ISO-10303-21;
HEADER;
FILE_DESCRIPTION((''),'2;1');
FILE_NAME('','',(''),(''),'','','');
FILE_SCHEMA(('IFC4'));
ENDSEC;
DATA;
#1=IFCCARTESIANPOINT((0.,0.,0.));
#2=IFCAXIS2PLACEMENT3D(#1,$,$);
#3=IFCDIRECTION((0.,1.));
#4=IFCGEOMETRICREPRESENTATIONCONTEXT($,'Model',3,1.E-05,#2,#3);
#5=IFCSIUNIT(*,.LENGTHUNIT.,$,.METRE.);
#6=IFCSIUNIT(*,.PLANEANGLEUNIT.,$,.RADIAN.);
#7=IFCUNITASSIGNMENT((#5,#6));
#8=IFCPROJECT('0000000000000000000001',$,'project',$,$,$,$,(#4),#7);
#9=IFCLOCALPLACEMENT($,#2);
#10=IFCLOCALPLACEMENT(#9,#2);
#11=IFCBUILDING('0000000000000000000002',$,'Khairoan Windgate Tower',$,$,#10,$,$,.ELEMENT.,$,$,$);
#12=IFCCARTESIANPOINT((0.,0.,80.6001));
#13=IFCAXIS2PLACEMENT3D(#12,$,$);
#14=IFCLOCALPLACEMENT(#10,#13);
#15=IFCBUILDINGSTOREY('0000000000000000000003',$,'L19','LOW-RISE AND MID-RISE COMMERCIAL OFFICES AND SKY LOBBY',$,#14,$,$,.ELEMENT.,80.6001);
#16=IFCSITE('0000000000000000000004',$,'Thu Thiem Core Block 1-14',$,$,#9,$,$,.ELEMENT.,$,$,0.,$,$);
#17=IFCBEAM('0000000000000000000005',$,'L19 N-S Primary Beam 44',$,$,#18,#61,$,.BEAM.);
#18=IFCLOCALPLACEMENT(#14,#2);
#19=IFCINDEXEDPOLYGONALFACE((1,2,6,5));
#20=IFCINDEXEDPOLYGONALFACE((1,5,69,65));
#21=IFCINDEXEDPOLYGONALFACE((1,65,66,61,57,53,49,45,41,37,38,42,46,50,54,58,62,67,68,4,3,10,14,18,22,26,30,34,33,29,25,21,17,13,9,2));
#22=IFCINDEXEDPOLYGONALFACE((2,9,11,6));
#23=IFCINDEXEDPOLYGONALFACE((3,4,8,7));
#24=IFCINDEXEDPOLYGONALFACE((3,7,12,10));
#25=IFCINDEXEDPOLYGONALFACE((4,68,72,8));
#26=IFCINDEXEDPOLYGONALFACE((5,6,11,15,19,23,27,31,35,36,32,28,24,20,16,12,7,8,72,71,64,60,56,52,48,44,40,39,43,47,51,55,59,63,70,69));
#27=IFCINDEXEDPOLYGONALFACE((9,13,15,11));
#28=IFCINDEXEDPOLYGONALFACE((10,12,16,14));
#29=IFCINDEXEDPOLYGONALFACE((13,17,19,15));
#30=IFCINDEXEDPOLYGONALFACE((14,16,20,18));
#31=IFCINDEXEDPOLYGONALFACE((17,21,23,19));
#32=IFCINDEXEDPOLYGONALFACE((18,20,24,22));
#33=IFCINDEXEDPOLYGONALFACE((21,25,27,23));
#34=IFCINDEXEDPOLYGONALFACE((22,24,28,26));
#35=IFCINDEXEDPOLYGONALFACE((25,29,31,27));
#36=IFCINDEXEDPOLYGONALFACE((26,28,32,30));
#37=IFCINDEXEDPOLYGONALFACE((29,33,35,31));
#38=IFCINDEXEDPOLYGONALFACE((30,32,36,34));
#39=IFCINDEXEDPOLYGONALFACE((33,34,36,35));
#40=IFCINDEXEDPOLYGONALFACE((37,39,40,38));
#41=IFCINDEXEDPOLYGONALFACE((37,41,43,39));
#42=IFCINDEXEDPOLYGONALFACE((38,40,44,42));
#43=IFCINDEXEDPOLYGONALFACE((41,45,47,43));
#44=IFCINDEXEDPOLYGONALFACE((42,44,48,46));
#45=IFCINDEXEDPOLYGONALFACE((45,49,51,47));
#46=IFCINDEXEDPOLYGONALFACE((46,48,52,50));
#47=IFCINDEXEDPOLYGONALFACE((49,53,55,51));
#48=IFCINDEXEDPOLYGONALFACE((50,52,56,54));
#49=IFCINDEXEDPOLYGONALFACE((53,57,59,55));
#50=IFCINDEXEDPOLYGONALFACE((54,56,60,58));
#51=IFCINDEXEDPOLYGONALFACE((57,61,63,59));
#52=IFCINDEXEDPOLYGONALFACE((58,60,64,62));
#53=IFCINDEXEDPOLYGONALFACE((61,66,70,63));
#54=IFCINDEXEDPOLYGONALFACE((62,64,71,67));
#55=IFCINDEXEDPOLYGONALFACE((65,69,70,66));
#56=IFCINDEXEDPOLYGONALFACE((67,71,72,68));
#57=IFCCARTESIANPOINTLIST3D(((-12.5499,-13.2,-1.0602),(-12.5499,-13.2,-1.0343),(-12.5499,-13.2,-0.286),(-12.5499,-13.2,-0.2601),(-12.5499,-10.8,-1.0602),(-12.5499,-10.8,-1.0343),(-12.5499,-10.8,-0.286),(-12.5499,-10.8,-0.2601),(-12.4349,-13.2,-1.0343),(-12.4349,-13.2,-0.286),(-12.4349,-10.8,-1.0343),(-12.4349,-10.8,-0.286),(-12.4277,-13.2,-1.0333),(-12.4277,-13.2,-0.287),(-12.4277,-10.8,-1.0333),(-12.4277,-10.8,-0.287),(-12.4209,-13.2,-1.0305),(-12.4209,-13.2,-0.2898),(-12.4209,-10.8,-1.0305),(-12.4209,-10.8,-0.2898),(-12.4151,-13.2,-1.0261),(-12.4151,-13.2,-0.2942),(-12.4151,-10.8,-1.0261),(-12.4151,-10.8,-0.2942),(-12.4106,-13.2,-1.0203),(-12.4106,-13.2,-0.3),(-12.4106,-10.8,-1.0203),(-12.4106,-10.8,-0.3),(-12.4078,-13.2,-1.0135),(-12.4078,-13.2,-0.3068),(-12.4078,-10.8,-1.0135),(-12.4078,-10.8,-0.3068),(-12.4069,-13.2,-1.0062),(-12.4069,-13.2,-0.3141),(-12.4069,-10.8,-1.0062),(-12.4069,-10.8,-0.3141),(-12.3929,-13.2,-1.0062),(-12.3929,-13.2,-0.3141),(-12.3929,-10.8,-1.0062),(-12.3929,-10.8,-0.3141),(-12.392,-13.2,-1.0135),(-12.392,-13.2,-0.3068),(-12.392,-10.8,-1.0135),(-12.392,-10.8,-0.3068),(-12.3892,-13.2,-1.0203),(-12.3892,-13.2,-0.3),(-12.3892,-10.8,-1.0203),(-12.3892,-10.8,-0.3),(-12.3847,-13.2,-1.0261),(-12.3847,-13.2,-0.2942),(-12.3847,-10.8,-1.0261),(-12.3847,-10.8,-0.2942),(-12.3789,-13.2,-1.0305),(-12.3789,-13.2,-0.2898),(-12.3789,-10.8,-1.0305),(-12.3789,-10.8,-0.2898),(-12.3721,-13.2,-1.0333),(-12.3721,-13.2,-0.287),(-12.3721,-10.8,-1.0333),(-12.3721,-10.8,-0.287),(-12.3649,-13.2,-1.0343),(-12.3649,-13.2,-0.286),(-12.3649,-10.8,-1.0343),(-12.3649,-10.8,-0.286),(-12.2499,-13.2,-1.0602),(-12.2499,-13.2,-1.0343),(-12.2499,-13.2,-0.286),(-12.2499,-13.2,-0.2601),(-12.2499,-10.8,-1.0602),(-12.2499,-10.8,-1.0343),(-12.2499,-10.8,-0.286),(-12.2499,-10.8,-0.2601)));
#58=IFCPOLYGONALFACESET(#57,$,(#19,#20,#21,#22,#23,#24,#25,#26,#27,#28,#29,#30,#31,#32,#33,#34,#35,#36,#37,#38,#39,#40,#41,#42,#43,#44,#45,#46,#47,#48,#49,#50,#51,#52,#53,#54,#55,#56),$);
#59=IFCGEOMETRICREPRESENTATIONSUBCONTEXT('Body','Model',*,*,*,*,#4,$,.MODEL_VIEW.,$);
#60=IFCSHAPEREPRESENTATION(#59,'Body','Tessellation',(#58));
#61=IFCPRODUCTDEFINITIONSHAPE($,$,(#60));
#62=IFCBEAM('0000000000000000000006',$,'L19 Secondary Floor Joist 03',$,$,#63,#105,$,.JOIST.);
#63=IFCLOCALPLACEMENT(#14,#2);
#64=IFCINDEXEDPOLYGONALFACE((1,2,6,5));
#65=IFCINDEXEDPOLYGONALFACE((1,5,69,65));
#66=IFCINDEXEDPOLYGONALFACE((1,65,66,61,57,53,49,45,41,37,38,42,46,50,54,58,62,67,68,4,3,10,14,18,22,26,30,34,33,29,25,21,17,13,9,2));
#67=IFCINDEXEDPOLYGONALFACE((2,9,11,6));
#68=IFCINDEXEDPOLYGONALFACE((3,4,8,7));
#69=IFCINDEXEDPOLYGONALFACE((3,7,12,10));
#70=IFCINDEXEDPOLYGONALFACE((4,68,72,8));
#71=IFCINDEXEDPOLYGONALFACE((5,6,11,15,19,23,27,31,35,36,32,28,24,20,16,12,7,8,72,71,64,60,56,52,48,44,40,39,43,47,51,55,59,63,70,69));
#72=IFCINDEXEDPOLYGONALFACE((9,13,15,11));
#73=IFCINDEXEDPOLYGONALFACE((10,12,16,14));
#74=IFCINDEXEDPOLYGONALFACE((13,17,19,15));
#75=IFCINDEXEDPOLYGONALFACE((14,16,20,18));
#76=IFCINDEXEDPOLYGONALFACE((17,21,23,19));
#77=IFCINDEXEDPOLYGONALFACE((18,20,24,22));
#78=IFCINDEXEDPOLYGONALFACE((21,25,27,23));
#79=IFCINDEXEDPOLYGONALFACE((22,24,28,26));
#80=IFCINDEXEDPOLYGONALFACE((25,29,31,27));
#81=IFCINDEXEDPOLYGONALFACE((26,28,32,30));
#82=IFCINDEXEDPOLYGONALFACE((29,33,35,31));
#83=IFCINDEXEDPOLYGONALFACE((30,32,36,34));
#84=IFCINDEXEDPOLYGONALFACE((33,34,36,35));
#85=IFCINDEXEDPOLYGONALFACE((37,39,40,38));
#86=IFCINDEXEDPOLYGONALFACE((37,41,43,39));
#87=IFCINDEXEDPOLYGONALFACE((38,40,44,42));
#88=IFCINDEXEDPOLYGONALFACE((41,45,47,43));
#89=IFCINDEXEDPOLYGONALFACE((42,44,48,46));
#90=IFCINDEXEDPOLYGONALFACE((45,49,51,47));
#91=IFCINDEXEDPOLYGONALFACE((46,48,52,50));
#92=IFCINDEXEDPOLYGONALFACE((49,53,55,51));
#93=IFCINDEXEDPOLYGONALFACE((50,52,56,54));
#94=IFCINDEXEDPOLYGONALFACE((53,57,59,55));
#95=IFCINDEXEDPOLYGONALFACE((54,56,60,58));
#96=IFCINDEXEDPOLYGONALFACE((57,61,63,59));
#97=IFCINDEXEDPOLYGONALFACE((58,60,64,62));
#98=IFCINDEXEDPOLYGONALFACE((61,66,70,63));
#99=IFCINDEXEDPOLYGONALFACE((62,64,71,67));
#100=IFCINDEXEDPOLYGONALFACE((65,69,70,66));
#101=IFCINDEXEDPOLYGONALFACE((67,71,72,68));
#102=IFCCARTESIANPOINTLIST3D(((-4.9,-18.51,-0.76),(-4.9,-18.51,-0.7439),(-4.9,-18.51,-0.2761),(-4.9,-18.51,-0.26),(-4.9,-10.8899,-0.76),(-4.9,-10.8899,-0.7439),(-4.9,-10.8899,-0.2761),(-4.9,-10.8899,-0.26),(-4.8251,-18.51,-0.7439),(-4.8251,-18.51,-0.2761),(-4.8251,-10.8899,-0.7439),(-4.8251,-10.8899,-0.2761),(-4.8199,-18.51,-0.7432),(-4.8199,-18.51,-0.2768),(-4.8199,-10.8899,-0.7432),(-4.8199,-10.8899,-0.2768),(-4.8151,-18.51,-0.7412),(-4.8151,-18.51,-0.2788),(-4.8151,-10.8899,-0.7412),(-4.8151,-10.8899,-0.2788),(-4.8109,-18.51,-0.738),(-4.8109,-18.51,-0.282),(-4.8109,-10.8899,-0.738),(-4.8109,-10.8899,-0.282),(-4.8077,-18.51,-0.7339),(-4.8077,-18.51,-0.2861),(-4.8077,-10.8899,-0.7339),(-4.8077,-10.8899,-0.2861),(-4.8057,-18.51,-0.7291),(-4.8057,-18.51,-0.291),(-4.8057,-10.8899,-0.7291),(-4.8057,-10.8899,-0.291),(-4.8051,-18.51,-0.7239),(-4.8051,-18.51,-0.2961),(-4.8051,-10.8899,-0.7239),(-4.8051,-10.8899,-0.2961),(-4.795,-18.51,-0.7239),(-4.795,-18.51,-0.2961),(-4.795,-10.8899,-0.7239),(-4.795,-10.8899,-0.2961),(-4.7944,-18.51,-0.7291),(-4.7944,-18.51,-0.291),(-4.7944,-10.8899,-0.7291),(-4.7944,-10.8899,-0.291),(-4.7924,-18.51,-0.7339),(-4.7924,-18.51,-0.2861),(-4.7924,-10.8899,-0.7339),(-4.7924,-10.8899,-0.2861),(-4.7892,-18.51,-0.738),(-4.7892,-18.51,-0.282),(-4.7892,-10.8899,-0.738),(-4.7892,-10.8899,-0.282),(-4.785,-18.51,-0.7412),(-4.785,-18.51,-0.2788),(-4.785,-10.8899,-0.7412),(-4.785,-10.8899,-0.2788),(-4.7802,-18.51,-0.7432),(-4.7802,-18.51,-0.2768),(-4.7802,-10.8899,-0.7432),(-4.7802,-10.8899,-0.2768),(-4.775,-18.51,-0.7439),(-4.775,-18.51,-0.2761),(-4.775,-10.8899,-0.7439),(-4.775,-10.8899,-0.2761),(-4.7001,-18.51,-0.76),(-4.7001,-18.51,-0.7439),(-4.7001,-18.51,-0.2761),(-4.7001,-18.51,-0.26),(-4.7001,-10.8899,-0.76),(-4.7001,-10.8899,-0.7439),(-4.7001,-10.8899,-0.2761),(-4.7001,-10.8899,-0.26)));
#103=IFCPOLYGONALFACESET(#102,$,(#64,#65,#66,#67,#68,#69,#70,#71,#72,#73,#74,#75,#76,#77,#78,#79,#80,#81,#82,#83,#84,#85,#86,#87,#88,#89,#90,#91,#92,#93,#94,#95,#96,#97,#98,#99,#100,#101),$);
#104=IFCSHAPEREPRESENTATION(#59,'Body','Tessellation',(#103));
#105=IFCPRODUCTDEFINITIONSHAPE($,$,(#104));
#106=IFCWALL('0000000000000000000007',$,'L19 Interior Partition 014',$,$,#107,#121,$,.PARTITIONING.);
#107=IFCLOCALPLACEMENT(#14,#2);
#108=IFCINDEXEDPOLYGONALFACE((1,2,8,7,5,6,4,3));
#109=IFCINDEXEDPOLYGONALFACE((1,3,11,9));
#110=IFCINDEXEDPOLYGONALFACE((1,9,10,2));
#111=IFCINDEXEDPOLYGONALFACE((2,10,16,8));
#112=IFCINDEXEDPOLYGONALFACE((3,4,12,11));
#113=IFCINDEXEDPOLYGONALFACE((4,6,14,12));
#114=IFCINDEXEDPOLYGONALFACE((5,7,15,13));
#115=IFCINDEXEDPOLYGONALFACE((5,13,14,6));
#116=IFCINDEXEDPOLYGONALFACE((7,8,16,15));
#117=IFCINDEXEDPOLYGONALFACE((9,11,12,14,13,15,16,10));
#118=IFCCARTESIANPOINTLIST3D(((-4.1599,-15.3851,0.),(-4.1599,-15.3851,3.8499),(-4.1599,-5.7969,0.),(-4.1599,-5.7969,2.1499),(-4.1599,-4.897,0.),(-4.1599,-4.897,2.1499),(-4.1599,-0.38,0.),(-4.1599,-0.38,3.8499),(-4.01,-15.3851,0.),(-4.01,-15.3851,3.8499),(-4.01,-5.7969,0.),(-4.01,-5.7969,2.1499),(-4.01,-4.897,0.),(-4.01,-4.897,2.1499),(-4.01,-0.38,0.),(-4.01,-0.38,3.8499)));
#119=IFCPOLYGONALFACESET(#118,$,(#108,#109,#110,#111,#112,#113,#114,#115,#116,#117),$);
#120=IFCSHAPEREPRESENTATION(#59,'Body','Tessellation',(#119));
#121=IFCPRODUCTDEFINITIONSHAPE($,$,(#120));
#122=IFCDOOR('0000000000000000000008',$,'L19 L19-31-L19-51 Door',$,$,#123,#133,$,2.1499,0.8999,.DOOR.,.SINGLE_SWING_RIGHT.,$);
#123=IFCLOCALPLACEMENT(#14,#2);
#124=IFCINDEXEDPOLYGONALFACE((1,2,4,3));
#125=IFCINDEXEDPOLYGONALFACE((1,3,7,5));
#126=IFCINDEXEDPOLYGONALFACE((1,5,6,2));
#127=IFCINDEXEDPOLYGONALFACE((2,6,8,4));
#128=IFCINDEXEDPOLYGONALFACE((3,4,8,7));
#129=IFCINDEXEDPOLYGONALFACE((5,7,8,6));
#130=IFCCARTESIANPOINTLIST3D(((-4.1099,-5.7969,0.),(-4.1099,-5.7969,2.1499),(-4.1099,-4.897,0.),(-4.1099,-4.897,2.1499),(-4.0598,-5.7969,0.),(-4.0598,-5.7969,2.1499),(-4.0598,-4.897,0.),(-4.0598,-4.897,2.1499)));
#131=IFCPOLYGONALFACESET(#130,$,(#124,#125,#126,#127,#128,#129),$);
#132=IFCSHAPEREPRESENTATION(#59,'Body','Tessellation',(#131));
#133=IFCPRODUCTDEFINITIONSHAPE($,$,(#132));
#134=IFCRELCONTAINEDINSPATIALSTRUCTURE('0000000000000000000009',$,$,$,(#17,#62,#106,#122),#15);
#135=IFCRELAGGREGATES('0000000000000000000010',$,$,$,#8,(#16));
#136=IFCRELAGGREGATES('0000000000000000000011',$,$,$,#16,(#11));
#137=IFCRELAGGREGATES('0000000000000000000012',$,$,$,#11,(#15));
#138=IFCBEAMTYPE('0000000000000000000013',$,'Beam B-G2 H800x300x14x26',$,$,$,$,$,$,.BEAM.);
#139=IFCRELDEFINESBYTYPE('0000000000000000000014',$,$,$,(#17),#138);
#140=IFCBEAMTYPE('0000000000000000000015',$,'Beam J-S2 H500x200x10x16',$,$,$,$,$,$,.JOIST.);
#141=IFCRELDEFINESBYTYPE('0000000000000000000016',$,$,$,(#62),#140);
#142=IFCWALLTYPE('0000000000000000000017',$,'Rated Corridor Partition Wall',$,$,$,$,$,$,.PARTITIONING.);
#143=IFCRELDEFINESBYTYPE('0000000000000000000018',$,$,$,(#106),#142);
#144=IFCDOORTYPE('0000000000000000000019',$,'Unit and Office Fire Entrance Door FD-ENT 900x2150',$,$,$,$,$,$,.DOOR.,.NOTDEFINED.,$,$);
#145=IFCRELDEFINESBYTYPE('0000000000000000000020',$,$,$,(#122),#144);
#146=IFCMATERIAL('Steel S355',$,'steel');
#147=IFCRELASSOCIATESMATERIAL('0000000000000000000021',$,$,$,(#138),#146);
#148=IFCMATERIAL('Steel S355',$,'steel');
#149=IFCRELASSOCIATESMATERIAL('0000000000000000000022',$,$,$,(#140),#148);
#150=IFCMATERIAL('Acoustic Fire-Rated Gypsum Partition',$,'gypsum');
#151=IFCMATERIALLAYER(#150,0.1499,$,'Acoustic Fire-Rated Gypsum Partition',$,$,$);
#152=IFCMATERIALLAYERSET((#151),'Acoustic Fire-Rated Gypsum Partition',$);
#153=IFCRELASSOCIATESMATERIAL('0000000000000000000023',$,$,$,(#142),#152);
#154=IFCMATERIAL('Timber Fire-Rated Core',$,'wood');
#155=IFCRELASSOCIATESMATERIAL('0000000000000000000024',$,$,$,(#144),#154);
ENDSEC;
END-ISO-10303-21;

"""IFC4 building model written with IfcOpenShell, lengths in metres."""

from ifc_helpers import new_model, si_unit, direction, frame, frame_2d, origin, origin_2d, place, context, subcontext, project, spatial, rectangle, i_section, extrude, material, layer, layer_set, material_profile, profile_set, type_object, element, fill, save


model = new_model("IFC4")

# Units and contexts
model_context = context("Model", 3, precision=1e-05, world=origin(), true_north=direction((0.0, 1.0)))
body_context = subcontext(model_context, "Body", "Model", "MODEL_VIEW")
ifc_project = project(units=[si_unit("LENGTHUNIT", "METRE"), si_unit("PLANEANGLEUNIT", "RADIAN")], contexts=[model_context])

# Site, building, storey
site_placement = place(None, origin())
site = spatial("IfcSite", under=ifc_project, at=site_placement, Name="Thu Thiem Core Block 1-14", CompositionType="ELEMENT", RefElevation=0.0)
building_placement = place(site_placement, origin())
building = spatial("IfcBuilding", under=site, at=building_placement, Name="Khairoan Windgate Tower", CompositionType="ELEMENT")
storey_placement = place(building_placement, frame((0.0, 0.0, 80.6001)))
storey = spatial("IfcBuildingStorey", under=building, at=storey_placement, Name="L19", Description="LOW-RISE AND MID-RISE COMMERCIAL OFFICES AND SKY LOBBY", CompositionType="ELEMENT", Elevation=80.6001)

# Beams
ifc_material_1 = material(Name="Steel S355", Category="steel")
ifc_material_profile_1 = material_profile(ifc_material_1, i_section(OverallWidth=0.3, OverallDepth=0.8, WebThickness=0.0139, FlangeThickness=0.0259, FilletRadius=0.0281, at=origin_2d()))
ifc_profile_set_1 = profile_set([ifc_material_profile_1], Name="Steel S355")
beam_type_1 = type_object("IfcBeamType", Name="Beam B-G2 H800x300x14x26", PredefinedType="BEAM", material=ifc_profile_set_1)
beam_1_placement = place(storey_placement, frame((-12.3999, -13.2, -0.6602), z_axis=(0.0, 1.0, 0.0), x_axis=(-1.0, 0.0, 0.0)))
element("IfcBeam", 1, at=beam_1_placement, inside=storey, type_object=beam_type_1, Name="L19 N-S Primary Beam 44", PredefinedType="BEAM", context=body_context, shape_type="SweptSolid", body=[
    extrude(i_section(OverallWidth=0.3, OverallDepth=0.8, WebThickness=0.0139, FlangeThickness=0.0259, FilletRadius=0.0281, at=origin_2d()), origin(), (0.0, 0.0, 1.0), 2.3999),
])
ifc_material_2 = material(Name="Steel S355", Category="steel")
ifc_material_profile_2 = material_profile(ifc_material_2, i_section(OverallWidth=0.2, OverallDepth=0.5, WebThickness=0.01, FlangeThickness=0.0161, FilletRadius=0.02, at=origin_2d()))
ifc_profile_set_2 = profile_set([ifc_material_profile_2], Name="Steel S355")
beam_type_2 = type_object("IfcBeamType", Name="Beam J-S2 H500x200x10x16", PredefinedType="JOIST", material=ifc_profile_set_2)
beam_2_placement = place(storey_placement, frame((-4.8, -18.51, -0.51), z_axis=(0.0, 1.0, 0.0), x_axis=(-1.0, 0.0, 0.0)))
element("IfcBeam", 2, at=beam_2_placement, inside=storey, type_object=beam_type_2, Name="L19 Secondary Floor Joist 03", PredefinedType="JOIST", context=body_context, shape_type="SweptSolid", body=[
    extrude(i_section(OverallWidth=0.2, OverallDepth=0.5, WebThickness=0.01, FlangeThickness=0.0161, FilletRadius=0.02, at=origin_2d()), origin(), (0.0, 0.0, 1.0), 7.6201),
])

# Wall, opening, door
ifc_material_3 = material(Name="Acoustic Fire-Rated Gypsum Partition", Category="gypsum")
ifc_layer_1 = layer(ifc_material_3, 0.1499, Name="Acoustic Fire-Rated Gypsum Partition")
ifc_layer_set_1 = layer_set([ifc_layer_1], Name="Acoustic Fire-Rated Gypsum Partition")
wall_type_1 = type_object("IfcWallType", Name="Rated Corridor Partition Wall", PredefinedType="PARTITIONING", material=ifc_layer_set_1)
ifc_material_4 = material(Name="Timber Fire-Rated Core", Category="wood")
door_type_1 = type_object("IfcDoorType", Name="Unit and Office Fire Entrance Door FD-ENT 900x2150", OperationType="NOTDEFINED", PredefinedType="DOOR", material=ifc_material_4)
wall_1_placement = place(storey_placement, frame((-4.085, -15.385, 0.0), z_axis=(0.0, 0.0, 1.0), x_axis=(0.0, 1.0, 0.0)))
wall_1 = element("IfcWall", 3, at=wall_1_placement, inside=storey, type_object=wall_type_1, Name="L19 Interior Partition 014", PredefinedType="PARTITIONING", context=body_context, shape_type="SweptSolid", body=[
    extrude(rectangle(XDim=15.0051, YDim=0.1499, at=frame_2d((7.5024, 0.0))), origin(), (0.0, 0.0, 1.0), 3.8499),
])
opening_1_placement = place(wall_1_placement, frame((9.5881, 0.0, 0.0)))
opening_1 = element("IfcOpeningElement", 4, at=opening_1_placement, cuts=wall_1, PredefinedType="OPENING", context=body_context, shape_type="SweptSolid", body=[
    extrude(rectangle(XDim=0.8999, YDim=2.1499, at=frame_2d((0.45, 1.075))), frame((0.0, 0.085, 0.0), z_axis=(0.0, -1.0, 0.0), x_axis=(1.0, 0.0, 0.0)), (0.0, 0.0, 1.0), 0.1699),
])
door_1_placement = place(opening_1_placement, origin())
door_1 = element("IfcDoor", 5, at=door_1_placement, inside=storey, type_object=door_type_1, Name="L19 L19-31-L19-51 Door", OperationType="SINGLE_SWING_RIGHT", OverallHeight=2.1499, OverallWidth=0.8999, PredefinedType="DOOR", context=body_context, shape_type="SweptSolid", body=[
    extrude(rectangle(XDim=0.8999, YDim=2.1499, at=frame_2d((0.45, 1.075))), frame((0.0, 0.0249, 0.0), z_axis=(0.0, -1.0, 0.0), x_axis=(1.0, 0.0, 0.0)), (0.0, 0.0, 1.0), 0.05),
])
fill(opening_1, door_1)

save(model, "model.ifc")
